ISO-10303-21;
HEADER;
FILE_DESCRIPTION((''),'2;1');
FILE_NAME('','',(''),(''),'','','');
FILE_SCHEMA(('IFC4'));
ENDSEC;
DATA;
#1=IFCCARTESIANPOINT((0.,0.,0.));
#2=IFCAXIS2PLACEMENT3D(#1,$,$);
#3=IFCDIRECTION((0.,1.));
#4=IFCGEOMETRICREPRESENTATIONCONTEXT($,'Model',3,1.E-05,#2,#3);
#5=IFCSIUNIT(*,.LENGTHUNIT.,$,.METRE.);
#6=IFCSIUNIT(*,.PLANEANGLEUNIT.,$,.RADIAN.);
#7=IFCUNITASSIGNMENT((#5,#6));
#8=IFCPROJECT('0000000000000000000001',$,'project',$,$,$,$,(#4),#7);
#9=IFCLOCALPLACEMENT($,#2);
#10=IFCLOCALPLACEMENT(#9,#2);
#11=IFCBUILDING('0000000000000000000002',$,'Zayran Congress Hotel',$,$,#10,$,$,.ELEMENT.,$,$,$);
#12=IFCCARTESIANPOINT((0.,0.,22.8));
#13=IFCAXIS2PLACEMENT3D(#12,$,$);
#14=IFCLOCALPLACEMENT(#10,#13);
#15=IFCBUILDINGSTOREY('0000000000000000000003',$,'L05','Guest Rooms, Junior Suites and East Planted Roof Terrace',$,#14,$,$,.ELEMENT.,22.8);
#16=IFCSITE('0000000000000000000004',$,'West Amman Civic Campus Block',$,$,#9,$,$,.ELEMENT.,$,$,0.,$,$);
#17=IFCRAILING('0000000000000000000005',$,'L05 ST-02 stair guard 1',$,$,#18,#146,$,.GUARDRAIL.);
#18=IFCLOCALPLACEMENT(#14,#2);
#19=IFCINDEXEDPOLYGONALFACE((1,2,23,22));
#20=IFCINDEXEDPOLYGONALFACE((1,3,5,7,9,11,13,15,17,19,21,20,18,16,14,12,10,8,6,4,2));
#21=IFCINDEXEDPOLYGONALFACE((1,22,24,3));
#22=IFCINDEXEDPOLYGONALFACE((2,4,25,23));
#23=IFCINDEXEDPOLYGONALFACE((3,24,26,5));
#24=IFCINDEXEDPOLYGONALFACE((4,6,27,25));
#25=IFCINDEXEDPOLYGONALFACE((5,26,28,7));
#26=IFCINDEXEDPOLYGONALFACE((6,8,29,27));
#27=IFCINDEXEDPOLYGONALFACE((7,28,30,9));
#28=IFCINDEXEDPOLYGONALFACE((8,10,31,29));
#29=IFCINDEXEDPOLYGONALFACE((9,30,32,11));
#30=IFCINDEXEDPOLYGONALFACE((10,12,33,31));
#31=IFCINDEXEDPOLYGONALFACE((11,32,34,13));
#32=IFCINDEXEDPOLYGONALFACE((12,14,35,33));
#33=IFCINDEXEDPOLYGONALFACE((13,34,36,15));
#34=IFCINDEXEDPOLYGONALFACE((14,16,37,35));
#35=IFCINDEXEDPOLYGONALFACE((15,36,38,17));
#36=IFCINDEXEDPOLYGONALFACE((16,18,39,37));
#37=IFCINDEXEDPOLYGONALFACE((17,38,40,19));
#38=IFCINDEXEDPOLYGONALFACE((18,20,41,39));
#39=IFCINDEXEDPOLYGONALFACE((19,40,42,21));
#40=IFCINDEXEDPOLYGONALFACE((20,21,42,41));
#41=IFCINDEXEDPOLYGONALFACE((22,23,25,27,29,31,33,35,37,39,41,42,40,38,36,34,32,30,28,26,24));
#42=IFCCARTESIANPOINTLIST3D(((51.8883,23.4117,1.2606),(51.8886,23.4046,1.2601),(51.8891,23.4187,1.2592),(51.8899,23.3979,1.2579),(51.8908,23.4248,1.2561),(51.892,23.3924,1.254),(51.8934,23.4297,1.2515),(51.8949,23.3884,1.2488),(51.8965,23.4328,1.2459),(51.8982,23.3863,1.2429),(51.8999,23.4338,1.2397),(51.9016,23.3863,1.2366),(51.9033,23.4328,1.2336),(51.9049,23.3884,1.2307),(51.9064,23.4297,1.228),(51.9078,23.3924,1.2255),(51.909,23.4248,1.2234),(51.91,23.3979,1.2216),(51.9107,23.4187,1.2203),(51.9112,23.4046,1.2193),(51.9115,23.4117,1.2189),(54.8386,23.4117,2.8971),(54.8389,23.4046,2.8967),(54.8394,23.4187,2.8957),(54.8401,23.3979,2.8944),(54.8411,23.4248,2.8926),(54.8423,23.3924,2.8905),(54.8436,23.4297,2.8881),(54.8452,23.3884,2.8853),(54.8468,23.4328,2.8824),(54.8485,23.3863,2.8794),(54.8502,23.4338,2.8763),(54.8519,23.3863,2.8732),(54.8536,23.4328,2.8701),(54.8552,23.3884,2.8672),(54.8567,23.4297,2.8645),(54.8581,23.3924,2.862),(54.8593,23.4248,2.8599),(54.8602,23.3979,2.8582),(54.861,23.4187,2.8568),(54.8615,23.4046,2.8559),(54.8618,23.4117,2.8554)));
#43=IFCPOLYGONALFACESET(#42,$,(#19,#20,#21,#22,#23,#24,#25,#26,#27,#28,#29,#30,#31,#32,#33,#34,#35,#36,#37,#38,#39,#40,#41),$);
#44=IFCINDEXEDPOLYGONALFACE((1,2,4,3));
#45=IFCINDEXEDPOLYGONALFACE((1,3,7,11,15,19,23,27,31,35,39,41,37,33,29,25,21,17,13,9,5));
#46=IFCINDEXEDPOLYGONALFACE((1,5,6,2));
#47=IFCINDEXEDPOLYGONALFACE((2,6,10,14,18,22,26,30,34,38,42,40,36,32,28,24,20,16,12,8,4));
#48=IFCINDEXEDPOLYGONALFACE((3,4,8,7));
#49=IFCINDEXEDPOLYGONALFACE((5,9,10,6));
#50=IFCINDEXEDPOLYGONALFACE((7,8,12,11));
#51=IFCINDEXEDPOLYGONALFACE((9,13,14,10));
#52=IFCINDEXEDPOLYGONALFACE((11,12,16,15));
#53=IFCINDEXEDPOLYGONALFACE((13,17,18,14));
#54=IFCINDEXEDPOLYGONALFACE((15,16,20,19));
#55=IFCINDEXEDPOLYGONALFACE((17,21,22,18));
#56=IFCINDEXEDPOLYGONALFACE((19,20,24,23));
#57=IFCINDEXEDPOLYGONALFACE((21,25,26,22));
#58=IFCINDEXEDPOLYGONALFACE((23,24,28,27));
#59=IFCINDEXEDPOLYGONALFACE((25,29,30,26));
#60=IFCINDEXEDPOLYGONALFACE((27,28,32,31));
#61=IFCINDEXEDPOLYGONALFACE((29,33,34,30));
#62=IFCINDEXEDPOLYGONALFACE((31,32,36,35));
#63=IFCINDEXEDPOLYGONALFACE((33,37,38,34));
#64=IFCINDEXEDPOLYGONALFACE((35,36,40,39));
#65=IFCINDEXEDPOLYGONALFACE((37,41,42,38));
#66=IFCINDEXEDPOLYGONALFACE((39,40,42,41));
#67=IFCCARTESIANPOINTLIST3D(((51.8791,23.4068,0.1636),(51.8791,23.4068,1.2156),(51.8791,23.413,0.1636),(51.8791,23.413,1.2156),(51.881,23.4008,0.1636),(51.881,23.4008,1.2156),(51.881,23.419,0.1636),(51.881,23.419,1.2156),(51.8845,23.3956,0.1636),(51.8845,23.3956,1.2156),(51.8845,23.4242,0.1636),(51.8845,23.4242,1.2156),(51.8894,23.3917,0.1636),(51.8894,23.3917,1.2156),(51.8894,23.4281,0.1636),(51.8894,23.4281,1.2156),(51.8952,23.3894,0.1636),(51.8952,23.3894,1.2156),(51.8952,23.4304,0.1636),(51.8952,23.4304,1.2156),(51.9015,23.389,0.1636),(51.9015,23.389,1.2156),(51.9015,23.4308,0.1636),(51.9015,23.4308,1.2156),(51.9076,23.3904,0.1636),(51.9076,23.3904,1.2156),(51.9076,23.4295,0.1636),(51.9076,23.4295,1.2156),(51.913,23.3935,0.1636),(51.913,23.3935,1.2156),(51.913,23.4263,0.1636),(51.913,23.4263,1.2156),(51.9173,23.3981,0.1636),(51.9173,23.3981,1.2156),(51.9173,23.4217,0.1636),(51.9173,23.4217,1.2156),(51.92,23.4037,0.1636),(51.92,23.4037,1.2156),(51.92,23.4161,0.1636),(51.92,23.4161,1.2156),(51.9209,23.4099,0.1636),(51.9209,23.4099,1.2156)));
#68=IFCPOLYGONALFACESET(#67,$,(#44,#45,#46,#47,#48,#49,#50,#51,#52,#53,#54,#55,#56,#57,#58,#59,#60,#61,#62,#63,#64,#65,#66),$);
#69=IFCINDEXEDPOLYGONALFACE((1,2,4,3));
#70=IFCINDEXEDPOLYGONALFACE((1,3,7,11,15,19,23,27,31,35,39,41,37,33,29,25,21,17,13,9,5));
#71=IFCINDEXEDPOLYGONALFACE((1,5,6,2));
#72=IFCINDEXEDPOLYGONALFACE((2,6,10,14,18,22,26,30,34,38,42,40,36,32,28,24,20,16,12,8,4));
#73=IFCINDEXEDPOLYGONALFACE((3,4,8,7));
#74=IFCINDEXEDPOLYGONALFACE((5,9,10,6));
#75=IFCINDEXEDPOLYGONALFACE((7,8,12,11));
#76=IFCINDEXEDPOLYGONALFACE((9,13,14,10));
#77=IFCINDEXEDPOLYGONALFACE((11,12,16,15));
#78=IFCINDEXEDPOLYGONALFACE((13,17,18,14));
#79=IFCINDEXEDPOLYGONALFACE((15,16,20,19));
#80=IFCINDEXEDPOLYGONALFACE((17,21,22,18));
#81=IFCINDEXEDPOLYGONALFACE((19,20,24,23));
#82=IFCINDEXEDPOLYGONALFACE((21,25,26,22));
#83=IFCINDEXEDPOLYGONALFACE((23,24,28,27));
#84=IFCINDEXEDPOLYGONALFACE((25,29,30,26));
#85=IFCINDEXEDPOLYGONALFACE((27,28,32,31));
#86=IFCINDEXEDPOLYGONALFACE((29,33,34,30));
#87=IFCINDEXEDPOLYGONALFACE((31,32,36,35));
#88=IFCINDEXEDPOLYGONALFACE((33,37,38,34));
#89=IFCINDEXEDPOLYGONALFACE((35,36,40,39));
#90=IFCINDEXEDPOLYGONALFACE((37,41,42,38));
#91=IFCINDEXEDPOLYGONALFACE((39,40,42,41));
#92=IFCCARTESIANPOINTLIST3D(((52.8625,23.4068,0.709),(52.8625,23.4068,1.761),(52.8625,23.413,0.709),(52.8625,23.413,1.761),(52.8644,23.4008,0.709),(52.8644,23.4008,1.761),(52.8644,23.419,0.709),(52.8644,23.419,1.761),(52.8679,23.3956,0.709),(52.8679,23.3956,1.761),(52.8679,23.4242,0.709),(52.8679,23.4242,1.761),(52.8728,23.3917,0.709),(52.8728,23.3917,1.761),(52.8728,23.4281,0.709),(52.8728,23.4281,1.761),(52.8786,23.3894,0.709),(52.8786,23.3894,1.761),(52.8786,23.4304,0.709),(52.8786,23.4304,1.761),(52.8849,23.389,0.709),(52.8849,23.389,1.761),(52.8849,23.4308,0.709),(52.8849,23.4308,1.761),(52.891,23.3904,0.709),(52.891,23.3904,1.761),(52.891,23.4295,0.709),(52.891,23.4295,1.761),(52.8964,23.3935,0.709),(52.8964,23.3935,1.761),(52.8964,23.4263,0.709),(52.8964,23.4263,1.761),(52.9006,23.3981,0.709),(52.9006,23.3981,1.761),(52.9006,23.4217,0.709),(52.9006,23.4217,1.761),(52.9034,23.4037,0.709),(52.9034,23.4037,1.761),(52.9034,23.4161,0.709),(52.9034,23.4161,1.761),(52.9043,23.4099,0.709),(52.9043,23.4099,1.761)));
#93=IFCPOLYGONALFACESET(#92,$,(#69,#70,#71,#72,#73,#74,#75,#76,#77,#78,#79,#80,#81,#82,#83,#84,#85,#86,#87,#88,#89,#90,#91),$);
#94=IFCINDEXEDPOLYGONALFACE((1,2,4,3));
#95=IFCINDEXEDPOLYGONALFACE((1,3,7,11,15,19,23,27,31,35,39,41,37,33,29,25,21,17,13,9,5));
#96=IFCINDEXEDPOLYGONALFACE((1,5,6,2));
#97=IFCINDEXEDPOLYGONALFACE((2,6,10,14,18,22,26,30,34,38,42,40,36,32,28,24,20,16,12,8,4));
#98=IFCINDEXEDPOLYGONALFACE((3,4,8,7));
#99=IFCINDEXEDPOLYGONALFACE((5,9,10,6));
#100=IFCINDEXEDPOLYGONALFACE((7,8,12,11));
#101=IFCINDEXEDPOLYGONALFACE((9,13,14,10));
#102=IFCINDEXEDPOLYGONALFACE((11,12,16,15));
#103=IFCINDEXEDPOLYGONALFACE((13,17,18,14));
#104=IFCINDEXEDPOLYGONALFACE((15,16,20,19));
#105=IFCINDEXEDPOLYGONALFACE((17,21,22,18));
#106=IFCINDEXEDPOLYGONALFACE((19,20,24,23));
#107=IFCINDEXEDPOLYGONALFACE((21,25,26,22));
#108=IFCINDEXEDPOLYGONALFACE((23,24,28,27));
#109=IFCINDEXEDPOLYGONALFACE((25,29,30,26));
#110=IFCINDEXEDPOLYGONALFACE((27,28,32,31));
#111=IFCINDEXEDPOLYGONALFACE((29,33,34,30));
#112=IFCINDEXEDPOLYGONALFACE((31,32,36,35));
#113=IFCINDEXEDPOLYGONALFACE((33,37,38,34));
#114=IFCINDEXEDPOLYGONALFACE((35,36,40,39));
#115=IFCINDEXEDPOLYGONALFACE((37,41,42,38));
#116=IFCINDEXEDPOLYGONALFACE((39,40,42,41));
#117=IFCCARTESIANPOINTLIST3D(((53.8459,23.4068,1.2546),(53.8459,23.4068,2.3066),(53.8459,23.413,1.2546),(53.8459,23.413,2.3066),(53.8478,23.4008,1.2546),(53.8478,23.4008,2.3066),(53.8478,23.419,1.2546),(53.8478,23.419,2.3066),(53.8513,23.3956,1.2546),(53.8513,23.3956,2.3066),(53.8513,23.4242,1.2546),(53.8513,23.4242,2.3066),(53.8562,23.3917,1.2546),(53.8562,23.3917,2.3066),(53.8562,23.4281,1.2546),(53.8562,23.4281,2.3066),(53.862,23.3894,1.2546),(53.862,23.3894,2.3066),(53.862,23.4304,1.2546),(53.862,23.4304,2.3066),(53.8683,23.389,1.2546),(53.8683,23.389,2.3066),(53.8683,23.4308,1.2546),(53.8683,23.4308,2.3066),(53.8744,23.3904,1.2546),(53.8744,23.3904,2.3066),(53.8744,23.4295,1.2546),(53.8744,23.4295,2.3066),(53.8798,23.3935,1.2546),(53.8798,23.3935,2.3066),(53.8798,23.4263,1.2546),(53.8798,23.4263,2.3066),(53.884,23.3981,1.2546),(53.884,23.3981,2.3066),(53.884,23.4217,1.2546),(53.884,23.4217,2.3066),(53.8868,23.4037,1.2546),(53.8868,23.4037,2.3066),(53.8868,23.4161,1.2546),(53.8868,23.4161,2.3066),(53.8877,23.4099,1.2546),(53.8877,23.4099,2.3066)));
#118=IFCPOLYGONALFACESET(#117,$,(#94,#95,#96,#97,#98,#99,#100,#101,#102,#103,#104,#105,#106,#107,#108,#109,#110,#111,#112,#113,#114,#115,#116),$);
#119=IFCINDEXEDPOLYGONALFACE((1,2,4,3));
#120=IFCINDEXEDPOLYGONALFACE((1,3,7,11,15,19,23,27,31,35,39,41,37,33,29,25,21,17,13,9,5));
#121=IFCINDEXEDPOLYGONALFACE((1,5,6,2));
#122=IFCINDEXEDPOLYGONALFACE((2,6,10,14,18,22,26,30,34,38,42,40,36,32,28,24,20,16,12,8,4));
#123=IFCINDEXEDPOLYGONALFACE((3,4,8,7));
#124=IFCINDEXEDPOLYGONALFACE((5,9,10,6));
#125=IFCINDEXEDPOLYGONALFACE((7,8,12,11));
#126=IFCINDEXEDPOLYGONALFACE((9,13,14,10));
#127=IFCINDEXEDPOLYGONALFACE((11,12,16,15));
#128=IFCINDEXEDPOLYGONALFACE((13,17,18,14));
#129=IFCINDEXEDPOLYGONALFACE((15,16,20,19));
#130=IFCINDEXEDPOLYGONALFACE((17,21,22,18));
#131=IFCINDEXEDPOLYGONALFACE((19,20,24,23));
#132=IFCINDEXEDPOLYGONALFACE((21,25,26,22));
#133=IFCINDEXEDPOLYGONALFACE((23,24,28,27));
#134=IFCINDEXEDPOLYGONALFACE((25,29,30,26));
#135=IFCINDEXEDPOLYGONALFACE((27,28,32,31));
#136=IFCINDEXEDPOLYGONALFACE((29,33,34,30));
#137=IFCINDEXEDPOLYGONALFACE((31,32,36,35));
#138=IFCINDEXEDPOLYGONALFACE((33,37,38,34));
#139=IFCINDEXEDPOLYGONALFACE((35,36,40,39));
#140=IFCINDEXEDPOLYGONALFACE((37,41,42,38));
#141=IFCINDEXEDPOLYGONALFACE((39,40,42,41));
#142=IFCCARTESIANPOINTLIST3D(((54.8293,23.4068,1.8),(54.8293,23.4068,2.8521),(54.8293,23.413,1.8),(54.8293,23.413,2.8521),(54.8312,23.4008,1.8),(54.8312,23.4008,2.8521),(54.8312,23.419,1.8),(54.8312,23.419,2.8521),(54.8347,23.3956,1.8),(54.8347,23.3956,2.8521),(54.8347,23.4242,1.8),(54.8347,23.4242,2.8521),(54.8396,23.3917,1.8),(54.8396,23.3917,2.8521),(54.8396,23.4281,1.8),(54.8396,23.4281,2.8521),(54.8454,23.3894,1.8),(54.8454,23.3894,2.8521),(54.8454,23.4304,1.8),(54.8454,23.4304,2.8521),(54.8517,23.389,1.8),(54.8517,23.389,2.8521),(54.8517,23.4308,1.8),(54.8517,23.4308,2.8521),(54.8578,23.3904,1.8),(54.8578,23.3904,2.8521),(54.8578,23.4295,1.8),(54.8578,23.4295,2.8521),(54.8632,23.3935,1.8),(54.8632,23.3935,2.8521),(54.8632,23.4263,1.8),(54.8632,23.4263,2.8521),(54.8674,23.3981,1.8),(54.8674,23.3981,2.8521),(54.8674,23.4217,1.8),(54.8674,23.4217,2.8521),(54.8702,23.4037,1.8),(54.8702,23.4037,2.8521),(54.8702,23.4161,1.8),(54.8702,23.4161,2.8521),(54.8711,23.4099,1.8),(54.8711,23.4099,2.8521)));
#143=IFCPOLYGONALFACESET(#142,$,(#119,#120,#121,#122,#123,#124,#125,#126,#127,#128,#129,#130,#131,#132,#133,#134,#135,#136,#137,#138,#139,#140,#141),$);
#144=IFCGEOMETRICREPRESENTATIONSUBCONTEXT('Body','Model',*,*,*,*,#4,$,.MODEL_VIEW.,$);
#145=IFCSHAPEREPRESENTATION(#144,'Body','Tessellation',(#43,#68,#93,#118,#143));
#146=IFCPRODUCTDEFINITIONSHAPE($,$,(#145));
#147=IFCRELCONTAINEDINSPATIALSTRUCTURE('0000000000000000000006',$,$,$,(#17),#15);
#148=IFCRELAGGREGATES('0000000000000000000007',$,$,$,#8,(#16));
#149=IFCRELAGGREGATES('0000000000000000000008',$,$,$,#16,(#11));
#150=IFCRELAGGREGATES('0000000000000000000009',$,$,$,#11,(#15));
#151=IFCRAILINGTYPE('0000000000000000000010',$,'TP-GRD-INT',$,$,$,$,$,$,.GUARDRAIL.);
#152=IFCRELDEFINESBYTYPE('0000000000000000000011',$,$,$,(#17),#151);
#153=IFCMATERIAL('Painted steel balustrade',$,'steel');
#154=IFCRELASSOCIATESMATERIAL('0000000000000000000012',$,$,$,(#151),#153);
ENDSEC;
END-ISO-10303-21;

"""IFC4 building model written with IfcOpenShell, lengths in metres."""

from ifc_helpers import new_model, si_unit, direction, frame, origin, origin_2d, place, context, subcontext, project, spatial, circle, extrude, material, type_object, element, save


model = new_model("IFC4")

# Units and contexts
model_context = context("Model", 3, precision=1e-05, world=origin(), true_north=direction((0.0, 1.0)))
body_context = subcontext(model_context, "Body", "Model", "MODEL_VIEW")
ifc_project = project(units=[si_unit("LENGTHUNIT", "METRE"), si_unit("PLANEANGLEUNIT", "RADIAN")], contexts=[model_context])

# Site, building, storey
site_placement = place(None, origin())
site = spatial("IfcSite", under=ifc_project, at=site_placement, Name="West Amman Civic Campus Block", CompositionType="ELEMENT", RefElevation=0.0)
building_placement = place(site_placement, origin())
building = spatial("IfcBuilding", under=site, at=building_placement, Name="Zayran Congress Hotel", CompositionType="ELEMENT")
storey_placement = place(building_placement, frame((0.0, 0.0, 22.8)))
storey = spatial("IfcBuildingStorey", under=building, at=storey_placement, Name="L05", Description="Guest Rooms, Junior Suites and East Planted Roof Terrace", CompositionType="ELEMENT", Elevation=22.8)

# Railing
ifc_material_1 = material(Name="Painted steel balustrade", Category="steel")
railing_type_1 = type_object("IfcRailingType", Name="TP-GRD-INT", PredefinedType="GUARDRAIL", material=ifc_material_1)
railing_1_placement = place(storey_placement, frame((51.8999, 23.4099, 0.1636)))
element("IfcRailing", 1, at=railing_1_placement, inside=storey, type_object=railing_type_1, Name="L05 ST-02 stair guard 1", PredefinedType="GUARDRAIL", context=body_context, shape_type="SweptSolid", body=[
    extrude(circle(Radius=0.0239, at=origin_2d()), frame((0.0, 0.0, 1.0762), z_axis=(0.874475, 0.0, 0.485071), x_axis=(0.0, 1.0, 0.0)), (0.0, 0.0, 1.0), 3.3738),
    extrude(circle(Radius=0.021, at=origin_2d()), origin(), (0.0, 0.0, 1.0), 1.052),
    extrude(circle(Radius=0.021, at=origin_2d()), frame((0.9834, 0.0, 0.5454)), (0.0, 0.0, 1.0), 1.052),
    extrude(circle(Radius=0.021, at=origin_2d()), frame((1.9668, 0.0, 1.0911)), (0.0, 0.0, 1.0), 1.052),
    extrude(circle(Radius=0.021, at=origin_2d()), frame((2.9502, 0.0, 1.6365)), (0.0, 0.0, 1.0), 1.052),
])

save(model, "model.ifc")
